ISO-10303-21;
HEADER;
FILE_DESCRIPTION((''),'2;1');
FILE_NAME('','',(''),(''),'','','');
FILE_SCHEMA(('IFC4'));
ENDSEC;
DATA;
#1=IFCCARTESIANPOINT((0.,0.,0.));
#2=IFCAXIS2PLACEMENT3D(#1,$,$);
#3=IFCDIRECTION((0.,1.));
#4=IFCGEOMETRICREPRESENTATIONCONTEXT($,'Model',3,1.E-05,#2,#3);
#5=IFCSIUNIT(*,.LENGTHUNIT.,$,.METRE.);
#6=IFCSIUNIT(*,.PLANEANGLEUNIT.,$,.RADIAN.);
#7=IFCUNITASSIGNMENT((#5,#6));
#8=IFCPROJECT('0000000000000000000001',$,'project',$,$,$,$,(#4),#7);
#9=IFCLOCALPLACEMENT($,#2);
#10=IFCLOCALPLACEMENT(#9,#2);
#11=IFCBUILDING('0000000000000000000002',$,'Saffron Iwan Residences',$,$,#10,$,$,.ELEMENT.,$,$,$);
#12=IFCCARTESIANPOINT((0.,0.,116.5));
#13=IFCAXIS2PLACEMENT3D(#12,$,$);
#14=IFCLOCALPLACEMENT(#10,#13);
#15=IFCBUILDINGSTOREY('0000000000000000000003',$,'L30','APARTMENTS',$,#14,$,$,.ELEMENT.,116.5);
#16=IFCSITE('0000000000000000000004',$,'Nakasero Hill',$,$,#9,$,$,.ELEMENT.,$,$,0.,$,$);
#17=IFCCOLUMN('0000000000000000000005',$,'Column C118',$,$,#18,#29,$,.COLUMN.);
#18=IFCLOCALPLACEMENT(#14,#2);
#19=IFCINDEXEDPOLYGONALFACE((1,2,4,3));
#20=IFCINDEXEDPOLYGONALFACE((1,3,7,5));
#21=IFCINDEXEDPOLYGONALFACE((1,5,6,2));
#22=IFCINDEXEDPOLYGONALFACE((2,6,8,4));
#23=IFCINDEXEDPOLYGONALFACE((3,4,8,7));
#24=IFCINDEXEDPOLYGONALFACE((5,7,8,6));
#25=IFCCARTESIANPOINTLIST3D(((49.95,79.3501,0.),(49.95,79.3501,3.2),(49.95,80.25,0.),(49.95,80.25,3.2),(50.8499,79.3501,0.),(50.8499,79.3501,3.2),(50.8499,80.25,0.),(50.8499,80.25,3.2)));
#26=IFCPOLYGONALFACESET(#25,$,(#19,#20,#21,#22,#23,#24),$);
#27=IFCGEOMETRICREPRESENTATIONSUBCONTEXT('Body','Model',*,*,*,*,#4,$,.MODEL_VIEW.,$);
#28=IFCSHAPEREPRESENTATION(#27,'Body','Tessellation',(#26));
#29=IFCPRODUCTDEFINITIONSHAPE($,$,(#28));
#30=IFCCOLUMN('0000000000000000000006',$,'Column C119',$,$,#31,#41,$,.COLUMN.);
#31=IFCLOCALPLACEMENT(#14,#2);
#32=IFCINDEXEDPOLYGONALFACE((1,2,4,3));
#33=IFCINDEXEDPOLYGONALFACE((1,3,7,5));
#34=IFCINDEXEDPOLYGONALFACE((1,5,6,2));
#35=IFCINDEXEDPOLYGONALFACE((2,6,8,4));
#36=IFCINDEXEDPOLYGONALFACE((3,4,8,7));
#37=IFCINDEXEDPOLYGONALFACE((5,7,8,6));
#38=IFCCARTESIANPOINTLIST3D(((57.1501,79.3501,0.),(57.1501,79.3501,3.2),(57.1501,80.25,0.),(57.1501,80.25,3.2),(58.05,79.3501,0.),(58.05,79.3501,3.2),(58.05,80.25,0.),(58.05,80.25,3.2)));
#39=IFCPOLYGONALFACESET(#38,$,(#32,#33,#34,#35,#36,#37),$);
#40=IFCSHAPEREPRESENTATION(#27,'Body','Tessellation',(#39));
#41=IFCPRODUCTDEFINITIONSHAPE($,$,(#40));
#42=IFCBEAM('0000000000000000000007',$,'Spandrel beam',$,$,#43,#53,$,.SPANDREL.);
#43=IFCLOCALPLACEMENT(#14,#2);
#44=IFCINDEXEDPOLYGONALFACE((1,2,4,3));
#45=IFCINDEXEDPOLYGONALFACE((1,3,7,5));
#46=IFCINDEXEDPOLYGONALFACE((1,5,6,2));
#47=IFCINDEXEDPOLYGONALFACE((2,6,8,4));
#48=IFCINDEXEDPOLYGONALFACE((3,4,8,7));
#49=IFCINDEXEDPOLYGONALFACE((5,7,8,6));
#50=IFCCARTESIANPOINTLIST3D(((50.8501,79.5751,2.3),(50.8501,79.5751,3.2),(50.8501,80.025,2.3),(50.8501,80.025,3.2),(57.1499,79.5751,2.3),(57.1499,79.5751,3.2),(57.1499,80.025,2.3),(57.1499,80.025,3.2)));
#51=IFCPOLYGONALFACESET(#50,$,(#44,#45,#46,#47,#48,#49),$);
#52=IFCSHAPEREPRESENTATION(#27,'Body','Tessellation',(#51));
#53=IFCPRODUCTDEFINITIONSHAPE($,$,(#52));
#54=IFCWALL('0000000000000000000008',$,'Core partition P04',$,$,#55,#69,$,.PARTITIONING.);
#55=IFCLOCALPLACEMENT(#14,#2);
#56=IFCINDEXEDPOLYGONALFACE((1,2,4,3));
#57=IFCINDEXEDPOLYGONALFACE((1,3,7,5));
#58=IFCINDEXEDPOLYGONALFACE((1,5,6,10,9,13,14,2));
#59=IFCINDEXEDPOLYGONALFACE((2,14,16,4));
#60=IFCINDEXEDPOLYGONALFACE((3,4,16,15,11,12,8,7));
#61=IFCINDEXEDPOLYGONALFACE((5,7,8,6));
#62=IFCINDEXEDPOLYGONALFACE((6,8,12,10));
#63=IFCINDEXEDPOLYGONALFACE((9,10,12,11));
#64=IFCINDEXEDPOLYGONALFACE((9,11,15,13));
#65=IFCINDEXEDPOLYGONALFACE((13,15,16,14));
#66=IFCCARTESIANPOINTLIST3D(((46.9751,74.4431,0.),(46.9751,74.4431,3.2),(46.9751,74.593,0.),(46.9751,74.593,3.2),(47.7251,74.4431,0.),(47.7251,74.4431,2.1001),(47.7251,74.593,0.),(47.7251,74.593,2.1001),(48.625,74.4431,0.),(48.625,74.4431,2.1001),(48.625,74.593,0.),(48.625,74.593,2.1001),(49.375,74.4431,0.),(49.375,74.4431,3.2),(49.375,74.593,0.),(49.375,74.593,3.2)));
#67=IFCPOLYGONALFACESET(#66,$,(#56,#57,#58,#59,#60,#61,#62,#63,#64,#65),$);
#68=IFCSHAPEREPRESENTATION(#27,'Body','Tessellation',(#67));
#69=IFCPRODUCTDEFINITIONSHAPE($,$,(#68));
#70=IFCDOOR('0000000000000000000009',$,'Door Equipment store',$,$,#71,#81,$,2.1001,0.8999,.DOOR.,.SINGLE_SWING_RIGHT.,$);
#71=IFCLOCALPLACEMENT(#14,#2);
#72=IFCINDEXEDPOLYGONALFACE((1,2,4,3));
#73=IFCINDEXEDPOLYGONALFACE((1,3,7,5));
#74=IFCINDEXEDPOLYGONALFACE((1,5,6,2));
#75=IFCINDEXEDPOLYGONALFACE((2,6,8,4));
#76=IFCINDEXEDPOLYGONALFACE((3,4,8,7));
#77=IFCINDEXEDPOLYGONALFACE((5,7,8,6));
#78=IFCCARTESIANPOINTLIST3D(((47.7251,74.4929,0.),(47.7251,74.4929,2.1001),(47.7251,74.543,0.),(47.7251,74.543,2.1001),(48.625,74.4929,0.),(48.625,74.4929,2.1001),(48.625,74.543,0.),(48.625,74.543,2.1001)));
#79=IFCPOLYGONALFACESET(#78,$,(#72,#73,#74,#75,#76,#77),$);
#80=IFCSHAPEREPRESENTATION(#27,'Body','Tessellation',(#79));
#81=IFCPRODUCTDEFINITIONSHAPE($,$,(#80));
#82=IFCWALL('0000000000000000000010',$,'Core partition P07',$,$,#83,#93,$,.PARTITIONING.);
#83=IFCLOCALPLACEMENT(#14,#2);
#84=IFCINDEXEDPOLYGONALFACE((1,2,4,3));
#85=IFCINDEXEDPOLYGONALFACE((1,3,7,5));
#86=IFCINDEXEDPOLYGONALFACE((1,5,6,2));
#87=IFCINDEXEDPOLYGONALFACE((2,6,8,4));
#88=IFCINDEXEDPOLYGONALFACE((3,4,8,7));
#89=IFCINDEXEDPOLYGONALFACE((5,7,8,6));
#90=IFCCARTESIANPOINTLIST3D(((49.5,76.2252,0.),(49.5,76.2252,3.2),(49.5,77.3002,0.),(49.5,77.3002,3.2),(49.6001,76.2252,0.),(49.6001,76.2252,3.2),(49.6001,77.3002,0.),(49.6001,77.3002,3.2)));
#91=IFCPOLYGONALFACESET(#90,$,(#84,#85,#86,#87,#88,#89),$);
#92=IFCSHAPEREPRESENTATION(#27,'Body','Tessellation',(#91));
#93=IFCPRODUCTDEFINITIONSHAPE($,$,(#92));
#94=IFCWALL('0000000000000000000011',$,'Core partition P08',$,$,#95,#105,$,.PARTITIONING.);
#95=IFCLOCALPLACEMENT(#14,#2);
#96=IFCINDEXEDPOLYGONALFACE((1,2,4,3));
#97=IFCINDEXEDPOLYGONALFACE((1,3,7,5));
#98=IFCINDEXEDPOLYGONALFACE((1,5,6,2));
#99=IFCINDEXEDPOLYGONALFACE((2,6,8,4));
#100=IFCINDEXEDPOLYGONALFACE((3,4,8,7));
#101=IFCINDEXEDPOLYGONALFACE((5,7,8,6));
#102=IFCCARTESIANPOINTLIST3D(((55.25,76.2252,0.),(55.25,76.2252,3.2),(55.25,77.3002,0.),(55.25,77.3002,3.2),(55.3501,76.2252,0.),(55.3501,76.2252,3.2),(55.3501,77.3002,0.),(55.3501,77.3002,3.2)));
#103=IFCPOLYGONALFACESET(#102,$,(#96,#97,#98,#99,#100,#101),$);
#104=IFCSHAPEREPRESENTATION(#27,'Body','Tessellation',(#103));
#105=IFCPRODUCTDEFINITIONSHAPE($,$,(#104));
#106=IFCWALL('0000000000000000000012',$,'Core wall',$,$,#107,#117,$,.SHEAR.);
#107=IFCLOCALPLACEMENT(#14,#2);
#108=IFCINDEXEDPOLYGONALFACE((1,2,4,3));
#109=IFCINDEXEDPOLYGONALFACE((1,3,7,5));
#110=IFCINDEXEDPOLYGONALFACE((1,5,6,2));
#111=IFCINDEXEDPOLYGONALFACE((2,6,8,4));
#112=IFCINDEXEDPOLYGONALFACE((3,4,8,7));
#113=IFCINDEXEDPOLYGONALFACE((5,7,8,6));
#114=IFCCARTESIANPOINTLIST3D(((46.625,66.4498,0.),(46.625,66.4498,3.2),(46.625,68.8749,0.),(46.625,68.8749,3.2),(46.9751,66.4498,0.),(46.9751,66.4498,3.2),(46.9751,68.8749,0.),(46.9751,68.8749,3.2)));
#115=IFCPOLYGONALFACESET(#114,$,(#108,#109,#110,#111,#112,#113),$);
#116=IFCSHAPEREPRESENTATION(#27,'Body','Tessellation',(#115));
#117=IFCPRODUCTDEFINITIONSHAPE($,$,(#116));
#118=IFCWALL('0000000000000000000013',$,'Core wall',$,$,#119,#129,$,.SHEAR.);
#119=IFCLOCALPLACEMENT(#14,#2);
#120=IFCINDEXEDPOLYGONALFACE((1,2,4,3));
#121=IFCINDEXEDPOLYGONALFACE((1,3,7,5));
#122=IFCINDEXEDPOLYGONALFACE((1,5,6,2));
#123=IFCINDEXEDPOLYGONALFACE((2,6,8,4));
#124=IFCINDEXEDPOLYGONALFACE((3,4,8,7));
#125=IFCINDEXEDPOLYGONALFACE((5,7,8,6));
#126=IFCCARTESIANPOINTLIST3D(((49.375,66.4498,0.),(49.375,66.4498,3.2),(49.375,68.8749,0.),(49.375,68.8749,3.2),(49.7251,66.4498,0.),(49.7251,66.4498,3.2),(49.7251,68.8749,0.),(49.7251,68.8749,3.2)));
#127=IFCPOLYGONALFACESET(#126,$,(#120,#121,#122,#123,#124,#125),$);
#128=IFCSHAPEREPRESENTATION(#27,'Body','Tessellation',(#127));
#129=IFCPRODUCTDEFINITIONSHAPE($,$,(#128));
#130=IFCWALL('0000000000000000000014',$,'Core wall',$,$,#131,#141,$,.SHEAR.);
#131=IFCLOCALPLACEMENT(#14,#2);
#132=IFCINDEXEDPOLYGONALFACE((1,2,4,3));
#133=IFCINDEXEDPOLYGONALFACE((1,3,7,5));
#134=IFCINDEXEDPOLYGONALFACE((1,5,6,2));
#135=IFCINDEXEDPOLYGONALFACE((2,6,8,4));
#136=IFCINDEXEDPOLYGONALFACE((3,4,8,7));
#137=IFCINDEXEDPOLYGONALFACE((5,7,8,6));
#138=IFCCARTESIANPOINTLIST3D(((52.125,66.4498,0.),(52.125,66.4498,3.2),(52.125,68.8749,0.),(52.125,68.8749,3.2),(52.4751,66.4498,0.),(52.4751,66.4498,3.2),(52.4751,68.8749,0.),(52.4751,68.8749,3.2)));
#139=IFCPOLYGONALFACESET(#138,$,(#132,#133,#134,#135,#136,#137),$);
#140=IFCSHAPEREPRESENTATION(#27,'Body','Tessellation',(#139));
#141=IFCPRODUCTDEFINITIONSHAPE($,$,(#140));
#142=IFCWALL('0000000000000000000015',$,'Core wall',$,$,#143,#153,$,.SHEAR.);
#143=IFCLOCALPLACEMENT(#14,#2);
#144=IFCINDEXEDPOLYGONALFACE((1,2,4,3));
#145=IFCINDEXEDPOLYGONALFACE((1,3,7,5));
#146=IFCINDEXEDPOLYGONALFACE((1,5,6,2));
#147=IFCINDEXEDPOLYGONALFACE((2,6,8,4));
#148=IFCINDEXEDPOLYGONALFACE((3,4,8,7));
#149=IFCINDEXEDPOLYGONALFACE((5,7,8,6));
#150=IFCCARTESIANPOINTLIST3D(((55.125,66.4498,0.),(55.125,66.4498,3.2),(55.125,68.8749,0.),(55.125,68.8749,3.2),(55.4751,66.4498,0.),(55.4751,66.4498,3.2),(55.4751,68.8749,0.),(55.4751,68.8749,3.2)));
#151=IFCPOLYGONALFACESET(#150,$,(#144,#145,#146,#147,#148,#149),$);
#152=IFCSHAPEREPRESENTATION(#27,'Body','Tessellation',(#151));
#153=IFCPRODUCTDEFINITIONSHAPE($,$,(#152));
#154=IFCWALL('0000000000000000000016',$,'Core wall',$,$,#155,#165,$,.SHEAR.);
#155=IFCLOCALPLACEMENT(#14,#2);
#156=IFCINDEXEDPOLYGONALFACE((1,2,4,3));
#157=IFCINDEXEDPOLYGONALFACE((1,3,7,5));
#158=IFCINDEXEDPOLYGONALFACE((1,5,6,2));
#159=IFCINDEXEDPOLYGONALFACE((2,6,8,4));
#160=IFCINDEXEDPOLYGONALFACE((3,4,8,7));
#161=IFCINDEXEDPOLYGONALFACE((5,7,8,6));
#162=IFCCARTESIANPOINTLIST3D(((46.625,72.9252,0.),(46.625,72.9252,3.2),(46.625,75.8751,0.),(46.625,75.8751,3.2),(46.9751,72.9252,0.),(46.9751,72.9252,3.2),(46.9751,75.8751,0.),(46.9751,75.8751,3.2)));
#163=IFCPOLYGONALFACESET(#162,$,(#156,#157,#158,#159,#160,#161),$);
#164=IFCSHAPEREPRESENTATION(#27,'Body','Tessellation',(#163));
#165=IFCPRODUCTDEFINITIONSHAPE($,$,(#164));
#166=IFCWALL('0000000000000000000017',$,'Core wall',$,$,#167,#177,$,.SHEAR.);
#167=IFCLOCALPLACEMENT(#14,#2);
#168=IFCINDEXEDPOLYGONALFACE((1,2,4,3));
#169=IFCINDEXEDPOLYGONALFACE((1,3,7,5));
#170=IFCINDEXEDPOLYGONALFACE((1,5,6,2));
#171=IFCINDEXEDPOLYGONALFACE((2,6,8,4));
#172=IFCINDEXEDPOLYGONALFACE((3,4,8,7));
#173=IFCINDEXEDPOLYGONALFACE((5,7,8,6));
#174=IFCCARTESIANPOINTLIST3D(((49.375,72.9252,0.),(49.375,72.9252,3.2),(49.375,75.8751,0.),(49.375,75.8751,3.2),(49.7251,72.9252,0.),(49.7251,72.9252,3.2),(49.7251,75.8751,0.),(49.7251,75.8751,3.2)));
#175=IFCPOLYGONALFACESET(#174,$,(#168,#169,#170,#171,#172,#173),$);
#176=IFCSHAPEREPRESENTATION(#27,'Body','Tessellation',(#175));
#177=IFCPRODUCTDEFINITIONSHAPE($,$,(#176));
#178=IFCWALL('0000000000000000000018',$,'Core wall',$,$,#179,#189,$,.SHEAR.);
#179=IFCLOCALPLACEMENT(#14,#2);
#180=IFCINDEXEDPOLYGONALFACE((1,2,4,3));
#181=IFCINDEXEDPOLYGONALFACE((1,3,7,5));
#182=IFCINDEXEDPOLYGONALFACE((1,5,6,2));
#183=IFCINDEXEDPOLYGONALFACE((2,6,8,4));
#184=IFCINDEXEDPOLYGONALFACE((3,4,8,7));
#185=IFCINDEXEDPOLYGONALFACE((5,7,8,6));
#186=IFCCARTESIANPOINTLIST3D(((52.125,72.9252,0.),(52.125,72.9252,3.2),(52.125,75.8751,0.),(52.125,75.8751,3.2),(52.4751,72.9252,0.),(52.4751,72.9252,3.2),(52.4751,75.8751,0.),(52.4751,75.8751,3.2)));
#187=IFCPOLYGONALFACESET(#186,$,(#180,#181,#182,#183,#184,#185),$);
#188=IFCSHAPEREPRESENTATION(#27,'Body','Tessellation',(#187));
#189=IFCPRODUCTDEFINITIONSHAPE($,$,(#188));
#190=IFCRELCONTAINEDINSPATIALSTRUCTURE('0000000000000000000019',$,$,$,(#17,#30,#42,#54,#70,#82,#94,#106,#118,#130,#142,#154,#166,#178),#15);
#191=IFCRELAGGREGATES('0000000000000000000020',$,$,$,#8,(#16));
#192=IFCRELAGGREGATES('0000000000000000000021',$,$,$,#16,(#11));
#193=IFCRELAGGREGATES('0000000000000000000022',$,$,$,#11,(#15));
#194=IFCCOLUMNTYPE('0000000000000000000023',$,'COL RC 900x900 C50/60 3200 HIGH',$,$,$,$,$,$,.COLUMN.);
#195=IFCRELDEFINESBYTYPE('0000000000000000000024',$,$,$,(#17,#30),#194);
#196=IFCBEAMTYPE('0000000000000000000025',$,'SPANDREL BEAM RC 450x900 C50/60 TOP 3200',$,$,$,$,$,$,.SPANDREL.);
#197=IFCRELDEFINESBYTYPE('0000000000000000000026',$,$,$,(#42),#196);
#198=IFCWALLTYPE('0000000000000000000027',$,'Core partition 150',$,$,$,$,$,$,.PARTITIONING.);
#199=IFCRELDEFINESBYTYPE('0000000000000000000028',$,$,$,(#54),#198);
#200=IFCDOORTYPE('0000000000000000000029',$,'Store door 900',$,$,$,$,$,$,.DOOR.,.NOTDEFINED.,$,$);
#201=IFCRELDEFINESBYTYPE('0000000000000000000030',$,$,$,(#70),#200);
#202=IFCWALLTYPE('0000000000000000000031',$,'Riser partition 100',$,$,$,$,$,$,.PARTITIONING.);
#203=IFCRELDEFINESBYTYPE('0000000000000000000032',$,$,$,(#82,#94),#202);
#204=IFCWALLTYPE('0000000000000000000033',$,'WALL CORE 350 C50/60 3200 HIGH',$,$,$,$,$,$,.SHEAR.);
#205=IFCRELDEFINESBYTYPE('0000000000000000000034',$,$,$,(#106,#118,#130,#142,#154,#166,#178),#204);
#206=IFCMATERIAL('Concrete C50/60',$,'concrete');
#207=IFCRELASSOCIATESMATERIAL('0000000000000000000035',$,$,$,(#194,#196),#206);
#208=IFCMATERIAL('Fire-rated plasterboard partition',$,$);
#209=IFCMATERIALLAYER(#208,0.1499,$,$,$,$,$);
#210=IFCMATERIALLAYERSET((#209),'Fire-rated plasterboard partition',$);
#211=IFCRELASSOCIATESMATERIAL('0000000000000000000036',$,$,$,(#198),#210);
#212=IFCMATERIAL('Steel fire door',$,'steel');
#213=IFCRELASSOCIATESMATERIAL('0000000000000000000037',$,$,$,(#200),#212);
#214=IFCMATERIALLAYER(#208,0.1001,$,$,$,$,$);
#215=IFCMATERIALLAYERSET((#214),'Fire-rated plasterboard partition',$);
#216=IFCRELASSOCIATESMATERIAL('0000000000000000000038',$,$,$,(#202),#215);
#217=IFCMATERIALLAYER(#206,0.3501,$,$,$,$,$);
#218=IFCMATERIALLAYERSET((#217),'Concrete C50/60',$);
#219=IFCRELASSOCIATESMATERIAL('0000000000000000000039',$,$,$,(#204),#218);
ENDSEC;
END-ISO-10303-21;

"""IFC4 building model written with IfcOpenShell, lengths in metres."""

from ifc_helpers import new_model, si_unit, direction, frame, frame_2d, origin, origin_2d, place, context, subcontext, project, spatial, rectangle, extrude, source, transform, mapped, material, layer, layer_set, material_profile, profile_set, type_object, element, fill, save


model = new_model("IFC4")

# Units and contexts
model_context = context("Model", 3, precision=1e-05, world=origin(), true_north=direction((0.0, 1.0)))
body_context = subcontext(model_context, "Body", "Model", "MODEL_VIEW")
ifc_project = project(units=[si_unit("LENGTHUNIT", "METRE"), si_unit("PLANEANGLEUNIT", "RADIAN")], contexts=[model_context])

# Site, building, storey
site_placement = place(None, origin())
site = spatial("IfcSite", under=ifc_project, at=site_placement, Name="Nakasero Hill", CompositionType="ELEMENT", RefElevation=0.0)
building_placement = place(site_placement, origin())
building = spatial("IfcBuilding", under=site, at=building_placement, Name="Saffron Iwan Residences", CompositionType="ELEMENT")
storey_placement = place(building_placement, frame((0.0, 0.0, 116.5)))
storey = spatial("IfcBuildingStorey", under=building, at=storey_placement, Name="L30", Description="APARTMENTS", CompositionType="ELEMENT", Elevation=116.5)

# Columns
ifc_material_1 = material(Name="Concrete C50/60", Category="concrete")
ifc_material_profile_1 = material_profile(ifc_material_1, rectangle(XDim=0.8999, YDim=0.8999, at=origin_2d()), Name="RC 900x900")
ifc_profile_set_1 = profile_set([ifc_material_profile_1], Name="Concrete C50/60")
column_type = type_object("IfcColumnType", Name="COL RC 900x900 C50/60 3200 HIGH", PredefinedType="COLUMN", material=ifc_profile_set_1)
shared_shape_1 = source(origin(), body_context, "Body", "SweptSolid", [
    extrude(rectangle(XDim=0.8999, YDim=0.8999, at=origin_2d()), origin(), (0.0, 0.0, 1.0), 3.2),
])
for number, where, z_axis, x_axis, name in (
    (1, (50.3999, 79.8, 0.0), (0.0, 0.0, 1.0), (1.0, 0.0, 0.0), "Column C118"),
    (2, (57.6001, 79.8, 0.0), (0.0, 0.0, 1.0), (1.0, 0.0, 0.0), "Column C119"),
):
    element("IfcColumn", number, at=place(storey_placement, frame(where, z_axis=z_axis, x_axis=x_axis)), inside=storey, type_object=column_type, Name=name, PredefinedType="COLUMN", context=body_context, shape_type="MappedRepresentation", body=[
        mapped(shared_shape_1, transform((0.0, 0.0, 0.0))),
    ])

# Beam
ifc_material_profile_2 = material_profile(ifc_material_1, rectangle(XDim=0.45, YDim=0.8999, at=origin_2d()), Name="RC 450x900")
ifc_profile_set_2 = profile_set([ifc_material_profile_2], Name="Concrete C50/60")
beam_type = type_object("IfcBeamType", Name="SPANDREL BEAM RC 450x900 C50/60 TOP 3200", PredefinedType="SPANDREL", material=ifc_profile_set_2)
shared_shape_2 = source(origin(), body_context, "Body", "SweptSolid", [
    extrude(rectangle(XDim=0.45, YDim=0.8999, at=origin_2d()), origin(), (0.0, 0.0, 1.0), 6.2998),
])
beam_placement = place(storey_placement, frame((50.8501, 79.8, 2.75), z_axis=(1.0, 0.0, 0.0), x_axis=(0.0, 1.0, 0.0)))
element("IfcBeam", 3, at=beam_placement, inside=storey, type_object=beam_type, Name="Spandrel beam", PredefinedType="SPANDREL", context=body_context, shape_type="MappedRepresentation", body=[
    mapped(shared_shape_2, transform((0.0, 0.0, 0.0))),
])

# Wall, opening, door
ifc_material_2 = material(Name="Fire-rated plasterboard partition")
ifc_layer_1 = layer(ifc_material_2, 0.1499)
ifc_layer_set_1 = layer_set([ifc_layer_1], Name="Fire-rated plasterboard partition")
wall_type_1 = type_object("IfcWallType", Name="Core partition 150", PredefinedType="PARTITIONING", material=ifc_layer_set_1)
wall_placement = place(storey_placement, frame((46.9751, 74.5181, 0.0), z_axis=(0.0, 0.0, 1.0), x_axis=(1.0, 0.0, 0.0)))
wall = element("IfcWall", 4, at=wall_placement, inside=storey, type_object=wall_type_1, Name="Core partition P04", PredefinedType="PARTITIONING", context=body_context, shape_type="SweptSolid", body=[
    extrude(rectangle(XDim=2.3999, YDim=0.1499, at=frame_2d((1.2, 0.0))), origin(), (0.0, 0.0, 1.0), 3.2),
])
opening_placement = place(wall_placement, frame((0.75, 0.0, 0.0)))
opening = element("IfcOpeningElement", 5, at=opening_placement, cuts=wall, PredefinedType="OPENING", context=body_context, shape_type="SweptSolid", body=[
    extrude(rectangle(XDim=0.8999, YDim=2.1001, at=frame_2d((0.45, 1.05))), frame((0.0, 0.085, 0.0), z_axis=(0.0, -1.0, 0.0), x_axis=(1.0, 0.0, 0.0)), (0.0, 0.0, 1.0), 0.1699),
])
ifc_material_3 = material(Name="Steel fire door", Category="steel")
door_type = type_object("IfcDoorType", Name="Store door 900", OperationType="NOTDEFINED", PredefinedType="DOOR", material=ifc_material_3)
door_placement = place(opening_placement, origin())
door = element("IfcDoor", 6, at=door_placement, inside=storey, type_object=door_type, Name="Door Equipment store", OperationType="SINGLE_SWING_RIGHT", OverallHeight=2.1001, OverallWidth=0.8999, PredefinedType="DOOR", context=body_context, shape_type="SweptSolid", body=[
    extrude(rectangle(XDim=0.8999, YDim=2.1001, at=frame_2d((0.45, 1.05))), frame((0.0, 0.0249, 0.0), z_axis=(0.0, -1.0, 0.0), x_axis=(1.0, 0.0, 0.0)), (0.0, 0.0, 1.0), 0.05),
])
fill(opening, door)

# Walls
ifc_layer_2 = layer(ifc_material_2, 0.1001)
ifc_layer_set_2 = layer_set([ifc_layer_2], Name="Fire-rated plasterboard partition")
wall_type_2 = type_object("IfcWallType", Name="Riser partition 100", PredefinedType="PARTITIONING", material=ifc_layer_set_2)
for number, where, z_axis, x_axis, name in (
    (7, (49.55, 76.2251, 0.0), (0.0, 0.0, 1.0), (0.0, 1.0, 0.0), "Core partition P07"),
    (8, (55.3, 76.2251, 0.0), (0.0, 0.0, 1.0), (0.0, 1.0, 0.0), "Core partition P08"),
):
    element("IfcWall", number, at=place(storey_placement, frame(where, z_axis=z_axis, x_axis=x_axis)), inside=storey, type_object=wall_type_2, Name=name, PredefinedType="PARTITIONING", context=body_context, shape_type="SweptSolid", body=[
        extrude(rectangle(XDim=1.075, YDim=0.1001, at=frame_2d((0.5376, 0.0))), origin(), (0.0, 0.0, 1.0), 3.2),
    ])
ifc_layer_3 = layer(ifc_material_1, 0.3501)
ifc_layer_set_3 = layer_set([ifc_layer_3], Name="Concrete C50/60")
wall_type_3 = type_object("IfcWallType", Name="WALL CORE 350 C50/60 3200 HIGH", PredefinedType="SHEAR", material=ifc_layer_set_3)
for number, where, z_axis, x_axis, name in (
    (9, (46.8, 66.45, 0.0), (0.0, 0.0, 1.0), (0.0, 1.0, 0.0), "Core wall"),
    (10, (49.55, 66.45, 0.0), (0.0, 0.0, 1.0), (0.0, 1.0, 0.0), "Core wall"),
    (11, (52.3, 66.45, 0.0), (0.0, 0.0, 1.0), (0.0, 1.0, 0.0), "Core wall"),
    (12, (55.3, 66.45, 0.0), (0.0, 0.0, 1.0), (0.0, 1.0, 0.0), "Core wall"),
):
    element("IfcWall", number, at=place(storey_placement, frame(where, z_axis=z_axis, x_axis=x_axis)), inside=storey, type_object=wall_type_3, Name=name, PredefinedType="SHEAR", context=body_context, shape_type="SweptSolid", body=[
        extrude(rectangle(XDim=2.425, YDim=0.3501, at=frame_2d((1.2124, 0.0))), origin(), (0.0, 0.0, 1.0), 3.2),
    ])
for number, where, z_axis, x_axis, name in (
    (13, (46.8, 72.925, 0.0), (0.0, 0.0, 1.0), (0.0, 1.0, 0.0), "Core wall"),
    (14, (49.55, 72.925, 0.0), (0.0, 0.0, 1.0), (0.0, 1.0, 0.0), "Core wall"),
    (15, (52.3, 72.925, 0.0), (0.0, 0.0, 1.0), (0.0, 1.0, 0.0), "Core wall"),
):
    element("IfcWall", number, at=place(storey_placement, frame(where, z_axis=z_axis, x_axis=x_axis)), inside=storey, type_object=wall_type_3, Name=name, PredefinedType="SHEAR", context=body_context, shape_type="SweptSolid", body=[
        extrude(rectangle(XDim=2.95, YDim=0.3501, at=frame_2d((1.4751, 0.0))), origin(), (0.0, 0.0, 1.0), 3.2),
    ])

save(model, "model.ifc")
